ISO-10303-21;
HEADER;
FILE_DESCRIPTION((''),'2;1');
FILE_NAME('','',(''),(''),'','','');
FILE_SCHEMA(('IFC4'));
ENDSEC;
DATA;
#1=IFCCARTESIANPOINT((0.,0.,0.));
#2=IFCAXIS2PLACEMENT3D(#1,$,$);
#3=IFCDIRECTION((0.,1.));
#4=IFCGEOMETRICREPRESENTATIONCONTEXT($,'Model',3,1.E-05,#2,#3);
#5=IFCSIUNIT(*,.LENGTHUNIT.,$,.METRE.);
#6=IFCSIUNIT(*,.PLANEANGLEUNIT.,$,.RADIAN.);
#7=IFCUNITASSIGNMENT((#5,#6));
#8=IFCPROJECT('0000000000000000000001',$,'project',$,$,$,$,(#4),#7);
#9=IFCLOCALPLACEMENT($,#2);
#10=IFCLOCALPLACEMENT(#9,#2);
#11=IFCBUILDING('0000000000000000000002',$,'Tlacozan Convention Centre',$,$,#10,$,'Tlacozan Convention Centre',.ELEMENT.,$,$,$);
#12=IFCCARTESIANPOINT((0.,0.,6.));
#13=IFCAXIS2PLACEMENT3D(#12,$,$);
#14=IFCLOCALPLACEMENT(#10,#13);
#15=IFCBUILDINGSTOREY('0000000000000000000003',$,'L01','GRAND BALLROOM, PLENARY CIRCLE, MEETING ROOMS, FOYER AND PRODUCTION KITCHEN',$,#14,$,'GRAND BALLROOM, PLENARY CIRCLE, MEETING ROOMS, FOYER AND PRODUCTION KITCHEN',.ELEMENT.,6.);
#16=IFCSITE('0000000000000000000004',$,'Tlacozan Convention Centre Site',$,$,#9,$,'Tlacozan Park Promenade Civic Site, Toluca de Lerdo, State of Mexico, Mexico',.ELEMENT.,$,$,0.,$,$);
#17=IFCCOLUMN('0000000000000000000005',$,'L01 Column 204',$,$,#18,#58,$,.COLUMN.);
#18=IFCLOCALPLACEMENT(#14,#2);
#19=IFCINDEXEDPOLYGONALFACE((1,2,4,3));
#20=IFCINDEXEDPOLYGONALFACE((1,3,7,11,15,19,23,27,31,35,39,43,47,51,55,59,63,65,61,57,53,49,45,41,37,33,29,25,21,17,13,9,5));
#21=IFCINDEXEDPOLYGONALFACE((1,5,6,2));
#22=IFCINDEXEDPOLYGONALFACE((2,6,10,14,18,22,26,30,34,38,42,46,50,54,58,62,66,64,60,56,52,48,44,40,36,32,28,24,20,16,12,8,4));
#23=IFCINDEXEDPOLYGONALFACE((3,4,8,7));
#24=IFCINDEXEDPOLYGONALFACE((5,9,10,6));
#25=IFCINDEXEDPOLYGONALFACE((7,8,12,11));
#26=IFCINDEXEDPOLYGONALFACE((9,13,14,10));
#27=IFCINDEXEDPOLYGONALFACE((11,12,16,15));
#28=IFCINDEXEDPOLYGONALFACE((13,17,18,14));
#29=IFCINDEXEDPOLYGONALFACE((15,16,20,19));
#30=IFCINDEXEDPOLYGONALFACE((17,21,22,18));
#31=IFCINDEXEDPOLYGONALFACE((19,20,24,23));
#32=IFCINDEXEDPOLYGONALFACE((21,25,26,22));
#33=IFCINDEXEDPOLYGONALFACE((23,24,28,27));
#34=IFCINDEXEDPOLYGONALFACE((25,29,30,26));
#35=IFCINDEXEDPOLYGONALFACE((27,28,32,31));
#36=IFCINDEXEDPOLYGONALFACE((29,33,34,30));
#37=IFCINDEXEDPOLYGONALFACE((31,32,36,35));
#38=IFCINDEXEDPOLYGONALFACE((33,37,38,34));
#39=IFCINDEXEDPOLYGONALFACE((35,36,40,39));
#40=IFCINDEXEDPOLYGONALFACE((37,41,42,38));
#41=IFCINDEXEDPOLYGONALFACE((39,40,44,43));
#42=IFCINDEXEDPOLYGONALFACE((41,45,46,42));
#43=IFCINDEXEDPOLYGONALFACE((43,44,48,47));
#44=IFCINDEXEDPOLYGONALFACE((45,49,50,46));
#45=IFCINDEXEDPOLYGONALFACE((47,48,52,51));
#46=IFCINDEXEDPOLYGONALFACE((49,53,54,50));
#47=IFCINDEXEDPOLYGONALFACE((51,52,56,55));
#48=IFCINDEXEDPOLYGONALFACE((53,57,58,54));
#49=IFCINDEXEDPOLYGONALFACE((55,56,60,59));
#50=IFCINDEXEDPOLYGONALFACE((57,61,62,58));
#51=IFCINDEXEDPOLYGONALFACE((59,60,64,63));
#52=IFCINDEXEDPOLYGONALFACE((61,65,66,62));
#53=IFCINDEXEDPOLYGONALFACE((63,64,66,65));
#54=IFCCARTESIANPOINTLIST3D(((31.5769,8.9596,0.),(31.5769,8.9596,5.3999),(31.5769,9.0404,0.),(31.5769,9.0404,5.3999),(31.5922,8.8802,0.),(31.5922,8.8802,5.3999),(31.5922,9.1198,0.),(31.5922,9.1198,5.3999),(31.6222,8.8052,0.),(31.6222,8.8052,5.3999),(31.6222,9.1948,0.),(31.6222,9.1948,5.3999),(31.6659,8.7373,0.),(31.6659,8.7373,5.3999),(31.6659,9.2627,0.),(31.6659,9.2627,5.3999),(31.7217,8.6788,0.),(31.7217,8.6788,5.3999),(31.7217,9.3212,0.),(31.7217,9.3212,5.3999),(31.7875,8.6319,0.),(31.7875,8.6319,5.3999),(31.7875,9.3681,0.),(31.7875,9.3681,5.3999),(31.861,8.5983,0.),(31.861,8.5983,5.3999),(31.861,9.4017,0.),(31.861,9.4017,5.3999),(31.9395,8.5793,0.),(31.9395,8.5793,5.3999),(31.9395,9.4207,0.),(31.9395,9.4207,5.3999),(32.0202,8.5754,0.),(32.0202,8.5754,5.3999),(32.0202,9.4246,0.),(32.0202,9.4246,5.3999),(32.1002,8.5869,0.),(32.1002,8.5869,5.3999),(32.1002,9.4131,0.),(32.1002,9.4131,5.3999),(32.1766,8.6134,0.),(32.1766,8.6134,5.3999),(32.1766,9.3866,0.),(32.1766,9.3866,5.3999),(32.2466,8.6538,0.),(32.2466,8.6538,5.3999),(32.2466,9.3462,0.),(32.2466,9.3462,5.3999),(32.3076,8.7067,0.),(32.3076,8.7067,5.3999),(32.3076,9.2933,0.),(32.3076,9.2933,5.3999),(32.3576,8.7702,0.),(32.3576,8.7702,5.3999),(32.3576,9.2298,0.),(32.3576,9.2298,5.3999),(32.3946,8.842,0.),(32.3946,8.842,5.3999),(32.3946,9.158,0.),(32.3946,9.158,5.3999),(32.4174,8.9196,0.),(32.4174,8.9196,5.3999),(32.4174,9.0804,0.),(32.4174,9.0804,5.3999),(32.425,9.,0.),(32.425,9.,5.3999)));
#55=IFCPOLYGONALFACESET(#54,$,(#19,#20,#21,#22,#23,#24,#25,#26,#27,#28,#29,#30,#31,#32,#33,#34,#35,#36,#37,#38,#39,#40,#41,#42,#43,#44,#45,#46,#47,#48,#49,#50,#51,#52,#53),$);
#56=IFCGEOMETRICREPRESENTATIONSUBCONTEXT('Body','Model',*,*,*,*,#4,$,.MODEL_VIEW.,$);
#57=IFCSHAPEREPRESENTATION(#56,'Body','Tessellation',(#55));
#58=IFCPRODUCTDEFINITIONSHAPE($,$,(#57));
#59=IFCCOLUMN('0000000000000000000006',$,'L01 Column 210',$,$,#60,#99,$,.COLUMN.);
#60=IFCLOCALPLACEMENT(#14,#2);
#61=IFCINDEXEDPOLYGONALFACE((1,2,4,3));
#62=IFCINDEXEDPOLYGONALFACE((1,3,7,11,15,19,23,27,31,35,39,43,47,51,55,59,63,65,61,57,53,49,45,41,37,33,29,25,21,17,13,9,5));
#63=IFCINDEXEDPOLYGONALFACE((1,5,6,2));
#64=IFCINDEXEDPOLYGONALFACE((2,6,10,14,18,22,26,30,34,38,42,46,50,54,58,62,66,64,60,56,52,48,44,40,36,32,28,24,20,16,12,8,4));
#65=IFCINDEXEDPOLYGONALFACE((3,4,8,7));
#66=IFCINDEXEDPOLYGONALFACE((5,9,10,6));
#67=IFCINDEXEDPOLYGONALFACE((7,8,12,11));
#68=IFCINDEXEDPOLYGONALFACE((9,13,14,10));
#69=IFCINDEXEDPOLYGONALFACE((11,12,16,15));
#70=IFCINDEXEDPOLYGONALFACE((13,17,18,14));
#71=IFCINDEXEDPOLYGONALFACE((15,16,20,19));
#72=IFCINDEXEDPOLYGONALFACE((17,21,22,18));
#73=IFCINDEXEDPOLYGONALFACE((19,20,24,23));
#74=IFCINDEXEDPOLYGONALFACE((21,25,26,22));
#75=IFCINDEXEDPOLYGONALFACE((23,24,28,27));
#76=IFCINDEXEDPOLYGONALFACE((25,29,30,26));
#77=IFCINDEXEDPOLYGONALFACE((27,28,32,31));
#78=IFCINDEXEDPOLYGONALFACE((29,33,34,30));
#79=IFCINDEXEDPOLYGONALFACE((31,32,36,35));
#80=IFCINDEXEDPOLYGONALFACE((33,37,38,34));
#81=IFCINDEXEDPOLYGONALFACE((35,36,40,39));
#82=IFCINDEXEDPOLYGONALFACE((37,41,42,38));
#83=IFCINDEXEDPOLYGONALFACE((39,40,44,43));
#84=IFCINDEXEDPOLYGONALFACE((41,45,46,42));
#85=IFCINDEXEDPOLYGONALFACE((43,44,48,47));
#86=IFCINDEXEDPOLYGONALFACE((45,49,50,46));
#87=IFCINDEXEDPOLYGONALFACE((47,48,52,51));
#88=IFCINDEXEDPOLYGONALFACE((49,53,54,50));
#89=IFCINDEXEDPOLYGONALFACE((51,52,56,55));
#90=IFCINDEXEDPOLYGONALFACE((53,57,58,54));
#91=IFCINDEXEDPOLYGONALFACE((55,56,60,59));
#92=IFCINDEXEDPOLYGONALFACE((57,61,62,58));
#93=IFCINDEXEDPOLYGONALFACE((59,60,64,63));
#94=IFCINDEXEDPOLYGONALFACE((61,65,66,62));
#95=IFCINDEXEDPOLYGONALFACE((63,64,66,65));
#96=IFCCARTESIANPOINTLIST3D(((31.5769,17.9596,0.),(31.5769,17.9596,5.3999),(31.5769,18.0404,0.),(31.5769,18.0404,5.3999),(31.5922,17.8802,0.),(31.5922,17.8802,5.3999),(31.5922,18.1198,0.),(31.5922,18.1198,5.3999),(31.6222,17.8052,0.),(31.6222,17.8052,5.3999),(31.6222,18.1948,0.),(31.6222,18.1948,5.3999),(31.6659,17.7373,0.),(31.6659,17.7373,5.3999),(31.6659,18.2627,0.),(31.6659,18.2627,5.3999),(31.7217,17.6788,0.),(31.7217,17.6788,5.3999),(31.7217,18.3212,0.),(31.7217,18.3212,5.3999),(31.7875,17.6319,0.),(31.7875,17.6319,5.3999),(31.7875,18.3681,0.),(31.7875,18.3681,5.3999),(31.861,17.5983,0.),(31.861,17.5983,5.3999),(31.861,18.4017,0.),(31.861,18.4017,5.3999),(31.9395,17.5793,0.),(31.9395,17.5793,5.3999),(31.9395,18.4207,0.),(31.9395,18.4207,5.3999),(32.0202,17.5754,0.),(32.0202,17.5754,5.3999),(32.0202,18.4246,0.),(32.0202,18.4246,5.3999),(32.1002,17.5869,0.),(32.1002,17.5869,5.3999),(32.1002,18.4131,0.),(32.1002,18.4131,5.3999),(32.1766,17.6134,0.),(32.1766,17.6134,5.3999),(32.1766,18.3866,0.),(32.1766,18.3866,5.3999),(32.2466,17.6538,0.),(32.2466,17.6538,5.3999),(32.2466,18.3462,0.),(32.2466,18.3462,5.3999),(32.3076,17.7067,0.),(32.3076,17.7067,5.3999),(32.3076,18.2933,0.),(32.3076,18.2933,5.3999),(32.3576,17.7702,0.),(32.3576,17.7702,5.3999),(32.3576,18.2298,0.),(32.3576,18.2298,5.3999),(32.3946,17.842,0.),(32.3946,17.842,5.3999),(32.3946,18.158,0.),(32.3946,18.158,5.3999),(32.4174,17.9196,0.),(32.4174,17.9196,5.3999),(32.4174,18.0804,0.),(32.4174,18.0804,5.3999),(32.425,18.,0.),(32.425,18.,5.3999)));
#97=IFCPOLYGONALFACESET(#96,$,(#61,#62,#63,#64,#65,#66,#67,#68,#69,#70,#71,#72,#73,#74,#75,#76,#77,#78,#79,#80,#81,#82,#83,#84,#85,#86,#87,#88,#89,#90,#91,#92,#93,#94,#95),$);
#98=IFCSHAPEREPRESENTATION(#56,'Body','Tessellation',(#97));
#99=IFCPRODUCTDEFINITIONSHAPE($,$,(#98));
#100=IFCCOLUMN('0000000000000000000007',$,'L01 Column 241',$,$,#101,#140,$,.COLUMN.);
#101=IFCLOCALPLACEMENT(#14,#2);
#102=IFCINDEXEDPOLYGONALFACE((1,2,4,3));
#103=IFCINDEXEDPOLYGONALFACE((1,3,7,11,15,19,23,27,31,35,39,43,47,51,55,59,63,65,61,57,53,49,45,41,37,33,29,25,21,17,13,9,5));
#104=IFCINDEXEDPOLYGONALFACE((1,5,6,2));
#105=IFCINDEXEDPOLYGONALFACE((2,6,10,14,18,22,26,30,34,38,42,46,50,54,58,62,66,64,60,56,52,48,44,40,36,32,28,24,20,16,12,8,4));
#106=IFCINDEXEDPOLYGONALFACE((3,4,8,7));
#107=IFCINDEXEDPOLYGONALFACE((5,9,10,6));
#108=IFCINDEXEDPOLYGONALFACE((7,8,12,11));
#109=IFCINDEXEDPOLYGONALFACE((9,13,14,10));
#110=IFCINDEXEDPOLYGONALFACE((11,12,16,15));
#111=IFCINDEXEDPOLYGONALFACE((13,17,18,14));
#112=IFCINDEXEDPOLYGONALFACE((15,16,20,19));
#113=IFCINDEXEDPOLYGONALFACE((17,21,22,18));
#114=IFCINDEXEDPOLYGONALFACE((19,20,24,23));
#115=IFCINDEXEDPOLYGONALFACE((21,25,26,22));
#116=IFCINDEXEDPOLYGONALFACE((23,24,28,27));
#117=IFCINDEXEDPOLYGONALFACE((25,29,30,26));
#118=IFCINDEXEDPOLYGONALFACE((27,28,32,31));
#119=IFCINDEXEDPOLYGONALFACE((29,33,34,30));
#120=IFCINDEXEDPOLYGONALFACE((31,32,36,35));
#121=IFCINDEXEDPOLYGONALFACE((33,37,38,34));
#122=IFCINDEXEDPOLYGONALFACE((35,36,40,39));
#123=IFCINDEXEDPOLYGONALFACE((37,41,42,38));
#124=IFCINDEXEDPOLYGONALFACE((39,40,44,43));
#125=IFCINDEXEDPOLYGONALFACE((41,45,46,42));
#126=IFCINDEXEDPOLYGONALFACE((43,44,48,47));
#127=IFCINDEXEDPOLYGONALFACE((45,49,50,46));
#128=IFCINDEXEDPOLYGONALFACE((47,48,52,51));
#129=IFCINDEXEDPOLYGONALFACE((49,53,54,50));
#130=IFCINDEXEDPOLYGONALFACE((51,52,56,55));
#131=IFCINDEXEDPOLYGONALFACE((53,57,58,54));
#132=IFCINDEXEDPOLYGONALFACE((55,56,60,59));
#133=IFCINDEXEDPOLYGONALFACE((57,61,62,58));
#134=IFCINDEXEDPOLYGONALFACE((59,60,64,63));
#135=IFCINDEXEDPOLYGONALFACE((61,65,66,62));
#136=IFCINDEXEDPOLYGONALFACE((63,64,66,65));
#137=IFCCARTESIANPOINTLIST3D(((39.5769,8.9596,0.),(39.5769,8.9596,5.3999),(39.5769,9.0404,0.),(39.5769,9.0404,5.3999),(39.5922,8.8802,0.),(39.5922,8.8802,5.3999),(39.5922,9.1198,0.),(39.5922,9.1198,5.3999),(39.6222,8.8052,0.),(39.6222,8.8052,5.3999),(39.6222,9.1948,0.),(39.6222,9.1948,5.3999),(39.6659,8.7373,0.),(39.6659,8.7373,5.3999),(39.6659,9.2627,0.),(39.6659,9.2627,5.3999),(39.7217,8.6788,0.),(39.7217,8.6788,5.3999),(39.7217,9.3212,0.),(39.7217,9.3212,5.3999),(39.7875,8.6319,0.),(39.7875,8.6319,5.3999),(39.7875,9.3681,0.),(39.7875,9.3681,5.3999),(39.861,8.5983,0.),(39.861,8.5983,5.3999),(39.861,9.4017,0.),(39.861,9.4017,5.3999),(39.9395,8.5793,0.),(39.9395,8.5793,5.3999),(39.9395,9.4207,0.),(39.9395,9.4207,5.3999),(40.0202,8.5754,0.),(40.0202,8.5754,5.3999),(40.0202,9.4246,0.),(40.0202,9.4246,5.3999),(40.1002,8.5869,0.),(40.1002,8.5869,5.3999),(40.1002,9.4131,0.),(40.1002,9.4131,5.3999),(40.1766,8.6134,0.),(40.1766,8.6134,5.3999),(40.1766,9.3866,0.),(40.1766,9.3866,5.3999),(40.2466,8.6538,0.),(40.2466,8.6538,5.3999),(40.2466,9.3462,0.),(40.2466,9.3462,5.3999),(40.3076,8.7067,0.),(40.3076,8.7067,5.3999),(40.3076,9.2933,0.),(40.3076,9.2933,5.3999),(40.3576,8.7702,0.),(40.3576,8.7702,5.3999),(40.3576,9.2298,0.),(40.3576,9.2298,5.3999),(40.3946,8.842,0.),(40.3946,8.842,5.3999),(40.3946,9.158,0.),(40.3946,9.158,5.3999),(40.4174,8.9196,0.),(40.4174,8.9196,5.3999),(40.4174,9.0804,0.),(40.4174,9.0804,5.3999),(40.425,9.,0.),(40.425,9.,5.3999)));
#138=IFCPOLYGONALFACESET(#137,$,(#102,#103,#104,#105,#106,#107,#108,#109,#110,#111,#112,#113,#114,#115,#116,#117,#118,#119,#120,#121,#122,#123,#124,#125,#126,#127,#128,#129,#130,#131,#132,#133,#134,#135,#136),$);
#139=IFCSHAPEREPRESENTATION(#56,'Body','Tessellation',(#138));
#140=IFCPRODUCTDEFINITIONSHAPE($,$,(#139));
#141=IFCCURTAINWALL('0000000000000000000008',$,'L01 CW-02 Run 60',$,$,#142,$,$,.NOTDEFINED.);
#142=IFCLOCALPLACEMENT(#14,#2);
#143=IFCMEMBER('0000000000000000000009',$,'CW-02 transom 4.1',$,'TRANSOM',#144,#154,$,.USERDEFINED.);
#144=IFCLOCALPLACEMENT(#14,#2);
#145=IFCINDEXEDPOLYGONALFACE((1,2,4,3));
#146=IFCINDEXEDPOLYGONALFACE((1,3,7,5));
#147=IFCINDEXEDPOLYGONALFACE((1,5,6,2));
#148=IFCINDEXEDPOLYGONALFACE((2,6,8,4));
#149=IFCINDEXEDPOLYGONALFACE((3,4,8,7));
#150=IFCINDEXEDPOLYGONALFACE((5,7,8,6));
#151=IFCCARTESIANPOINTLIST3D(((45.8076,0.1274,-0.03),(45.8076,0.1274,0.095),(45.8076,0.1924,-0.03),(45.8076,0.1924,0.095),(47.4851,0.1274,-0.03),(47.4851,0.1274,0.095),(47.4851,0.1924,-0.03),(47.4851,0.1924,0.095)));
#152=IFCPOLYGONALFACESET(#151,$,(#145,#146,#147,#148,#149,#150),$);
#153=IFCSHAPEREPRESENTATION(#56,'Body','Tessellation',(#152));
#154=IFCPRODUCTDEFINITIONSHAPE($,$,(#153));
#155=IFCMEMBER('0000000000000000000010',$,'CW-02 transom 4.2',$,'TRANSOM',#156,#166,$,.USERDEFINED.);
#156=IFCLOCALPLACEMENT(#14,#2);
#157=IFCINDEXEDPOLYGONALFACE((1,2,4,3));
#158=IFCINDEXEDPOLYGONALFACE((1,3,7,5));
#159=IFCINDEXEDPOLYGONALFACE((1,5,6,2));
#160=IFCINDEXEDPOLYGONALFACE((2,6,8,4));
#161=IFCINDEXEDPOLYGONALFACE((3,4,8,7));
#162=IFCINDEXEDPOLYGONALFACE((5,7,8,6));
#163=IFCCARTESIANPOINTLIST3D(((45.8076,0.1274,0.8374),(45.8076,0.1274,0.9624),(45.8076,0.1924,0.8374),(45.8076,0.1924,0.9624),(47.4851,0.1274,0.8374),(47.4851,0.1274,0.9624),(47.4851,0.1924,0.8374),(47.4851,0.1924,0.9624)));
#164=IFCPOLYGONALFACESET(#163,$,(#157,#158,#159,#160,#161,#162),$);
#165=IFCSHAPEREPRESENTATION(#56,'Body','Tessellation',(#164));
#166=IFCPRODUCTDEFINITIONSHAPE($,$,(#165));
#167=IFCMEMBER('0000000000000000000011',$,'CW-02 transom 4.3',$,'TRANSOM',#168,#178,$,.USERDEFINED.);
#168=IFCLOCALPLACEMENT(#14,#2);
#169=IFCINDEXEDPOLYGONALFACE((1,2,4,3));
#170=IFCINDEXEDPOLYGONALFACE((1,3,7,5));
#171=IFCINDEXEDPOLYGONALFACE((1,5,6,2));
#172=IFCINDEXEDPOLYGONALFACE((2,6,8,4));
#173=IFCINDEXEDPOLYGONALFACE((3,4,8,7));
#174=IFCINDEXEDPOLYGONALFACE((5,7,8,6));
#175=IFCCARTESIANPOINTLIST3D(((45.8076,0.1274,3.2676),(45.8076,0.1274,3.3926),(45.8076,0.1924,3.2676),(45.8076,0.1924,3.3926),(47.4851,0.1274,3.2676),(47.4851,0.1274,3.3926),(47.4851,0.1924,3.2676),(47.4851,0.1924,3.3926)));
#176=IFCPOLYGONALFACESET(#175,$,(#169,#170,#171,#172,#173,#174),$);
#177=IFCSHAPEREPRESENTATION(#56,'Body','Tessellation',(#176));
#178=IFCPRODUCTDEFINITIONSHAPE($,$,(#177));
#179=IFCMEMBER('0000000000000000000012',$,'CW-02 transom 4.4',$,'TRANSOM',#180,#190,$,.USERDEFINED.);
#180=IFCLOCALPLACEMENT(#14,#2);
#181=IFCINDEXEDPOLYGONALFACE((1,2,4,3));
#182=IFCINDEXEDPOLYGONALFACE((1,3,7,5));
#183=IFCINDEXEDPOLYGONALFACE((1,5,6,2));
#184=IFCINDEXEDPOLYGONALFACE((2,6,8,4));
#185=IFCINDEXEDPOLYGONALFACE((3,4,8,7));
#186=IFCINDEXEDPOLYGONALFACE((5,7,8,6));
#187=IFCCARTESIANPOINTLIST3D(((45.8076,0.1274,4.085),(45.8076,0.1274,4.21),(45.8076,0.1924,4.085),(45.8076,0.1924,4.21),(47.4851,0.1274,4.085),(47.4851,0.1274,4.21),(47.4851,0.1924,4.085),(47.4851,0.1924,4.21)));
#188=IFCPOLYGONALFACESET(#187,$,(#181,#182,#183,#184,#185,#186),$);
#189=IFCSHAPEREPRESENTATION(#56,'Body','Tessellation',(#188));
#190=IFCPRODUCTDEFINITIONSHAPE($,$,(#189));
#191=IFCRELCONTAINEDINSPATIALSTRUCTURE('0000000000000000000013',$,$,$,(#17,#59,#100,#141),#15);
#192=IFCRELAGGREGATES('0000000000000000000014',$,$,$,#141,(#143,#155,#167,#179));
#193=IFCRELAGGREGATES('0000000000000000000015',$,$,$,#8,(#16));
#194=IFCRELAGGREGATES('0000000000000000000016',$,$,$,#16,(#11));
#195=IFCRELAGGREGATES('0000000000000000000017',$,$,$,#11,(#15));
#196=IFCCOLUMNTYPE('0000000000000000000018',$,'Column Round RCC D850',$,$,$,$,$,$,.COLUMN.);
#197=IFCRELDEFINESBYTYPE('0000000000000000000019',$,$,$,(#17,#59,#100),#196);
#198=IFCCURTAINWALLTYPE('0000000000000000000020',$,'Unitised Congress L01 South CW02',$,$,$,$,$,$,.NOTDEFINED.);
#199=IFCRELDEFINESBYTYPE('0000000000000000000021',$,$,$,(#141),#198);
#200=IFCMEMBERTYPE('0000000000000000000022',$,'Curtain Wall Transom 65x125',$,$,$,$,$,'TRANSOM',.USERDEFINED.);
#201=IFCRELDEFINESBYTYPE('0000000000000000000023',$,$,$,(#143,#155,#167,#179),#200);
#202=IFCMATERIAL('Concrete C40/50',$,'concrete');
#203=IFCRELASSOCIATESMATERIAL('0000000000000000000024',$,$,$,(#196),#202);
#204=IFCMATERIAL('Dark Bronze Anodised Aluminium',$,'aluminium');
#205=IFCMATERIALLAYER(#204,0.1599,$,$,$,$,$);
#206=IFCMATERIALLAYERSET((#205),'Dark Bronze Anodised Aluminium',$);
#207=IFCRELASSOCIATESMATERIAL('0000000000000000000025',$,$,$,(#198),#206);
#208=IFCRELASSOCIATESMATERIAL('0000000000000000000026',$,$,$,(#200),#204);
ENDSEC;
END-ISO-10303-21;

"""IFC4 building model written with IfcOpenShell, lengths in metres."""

from ifc_helpers import new_model, si_unit, direction, frame, origin, origin_2d, place, context, subcontext, project, spatial, rectangle, circle, extrude, material, layer, layer_set, material_profile, profile_set, type_object, element, aggregate, save


model = new_model("IFC4")

# Units and contexts
model_context = context("Model", 3, precision=1e-05, world=origin(), true_north=direction((0.0, 1.0)))
body_context = subcontext(model_context, "Body", "Model", "MODEL_VIEW")
ifc_project = project(units=[si_unit("LENGTHUNIT", "METRE"), si_unit("PLANEANGLEUNIT", "RADIAN")], contexts=[model_context])

# Site, building, storey
site_placement = place(None, origin())
site = spatial("IfcSite", under=ifc_project, at=site_placement, Name="Tlacozan Convention Centre Site", LongName="Tlacozan Park Promenade Civic Site, Toluca de Lerdo, State of Mexico, Mexico", CompositionType="ELEMENT", RefElevation=0.0)
building_placement = place(site_placement, origin())
building = spatial("IfcBuilding", under=site, at=building_placement, Name="Tlacozan Convention Centre", LongName="Tlacozan Convention Centre", CompositionType="ELEMENT")
storey_placement = place(building_placement, frame((0.0, 0.0, 6.0)))
storey = spatial("IfcBuildingStorey", under=building, at=storey_placement, Name="L01", Description="GRAND BALLROOM, PLENARY CIRCLE, MEETING ROOMS, FOYER AND PRODUCTION KITCHEN", LongName="GRAND BALLROOM, PLENARY CIRCLE, MEETING ROOMS, FOYER AND PRODUCTION KITCHEN", CompositionType="ELEMENT", Elevation=6.0)

# Columns
ifc_material_1 = material(Name="Concrete C40/50", Category="concrete")
ifc_material_profile_1 = material_profile(ifc_material_1, circle(Radius=0.425, at=origin_2d()), Name="RCC D850")
ifc_profile_set_1 = profile_set([ifc_material_profile_1], Name="Concrete C40/50")
column_type = type_object("IfcColumnType", Name="Column Round RCC D850", PredefinedType="COLUMN", material=ifc_profile_set_1)
for number, where, z_axis, x_axis, name in (
    (1, (32.0, 9.0, 0.0), (0.0, 0.0, 1.0), (1.0, 0.0, 0.0), "L01 Column 204"),
    (2, (32.0, 18.0, 0.0), (0.0, 0.0, 1.0), (1.0, 0.0, 0.0), "L01 Column 210"),
    (3, (40.0, 9.0, 0.0), (0.0, 0.0, 1.0), (1.0, 0.0, 0.0), "L01 Column 241"),
):
    element("IfcColumn", number, at=place(storey_placement, frame(where, z_axis=z_axis, x_axis=x_axis)), inside=storey, type_object=column_type, Name=name, PredefinedType="COLUMN", context=body_context, shape_type="SweptSolid", body=[
        extrude(circle(Radius=0.425, at=origin_2d()), origin(), (0.0, 0.0, 1.0), 5.3999),
    ])

# Curtain wall, members
ifc_material_2 = material(Name="Dark Bronze Anodised Aluminium", Category="aluminium")
ifc_layer_1 = layer(ifc_material_2, 0.1599)
ifc_layer_set_1 = layer_set([ifc_layer_1], Name="Dark Bronze Anodised Aluminium")
curtain_wall_type = type_object("IfcCurtainWallType", Name="Unitised Congress L01 South CW02", PredefinedType="NOTDEFINED", material=ifc_layer_set_1)
curtain_wall_placement = place(storey_placement, origin())
curtain_wall = element("IfcCurtainWall", 4, at=curtain_wall_placement, inside=storey, type_object=curtain_wall_type, Name="L01 CW-02 Run 60", PredefinedType="NOTDEFINED")
ifc_material_profile_2 = material_profile(ifc_material_2, rectangle(XDim=0.0649, YDim=0.125, at=origin_2d()), Name="ALU 65x125")
ifc_profile_set_2 = profile_set([ifc_material_profile_2], Name="Dark Bronze Anodised Aluminium")
member_type = type_object("IfcMemberType", Name="Curtain Wall Transom 65x125", ElementType="TRANSOM", PredefinedType="USERDEFINED", material=ifc_profile_set_2)
member_1_placement = place(storey_placement, frame((45.8076, 0.1599, 0.0325), z_axis=(1.0, 0.0, 0.0), x_axis=(0.0, 1.0, 0.0)))
member_1 = element("IfcMember", 5, at=member_1_placement, type_object=member_type, Name="CW-02 transom 4.1", ObjectType="TRANSOM", PredefinedType="USERDEFINED", context=body_context, shape_type="SweptSolid", body=[
    extrude(rectangle(XDim=0.0649, YDim=0.125, at=origin_2d()), origin(), (0.0, 0.0, 1.0), 1.6775),
])
member_2_placement = place(storey_placement, frame((45.8076, 0.1599, 0.8999), z_axis=(1.0, 0.0, 0.0), x_axis=(0.0, 1.0, 0.0)))
member_2 = element("IfcMember", 6, at=member_2_placement, type_object=member_type, Name="CW-02 transom 4.2", ObjectType="TRANSOM", PredefinedType="USERDEFINED", context=body_context, shape_type="SweptSolid", body=[
    extrude(rectangle(XDim=0.0649, YDim=0.125, at=origin_2d()), origin(), (0.0, 0.0, 1.0), 1.6775),
])
member_3_placement = place(storey_placement, frame((45.8076, 0.1599, 3.3301), z_axis=(1.0, 0.0, 0.0), x_axis=(0.0, 1.0, 0.0)))
member_3 = element("IfcMember", 7, at=member_3_placement, type_object=member_type, Name="CW-02 transom 4.3", ObjectType="TRANSOM", PredefinedType="USERDEFINED", context=body_context, shape_type="SweptSolid", body=[
    extrude(rectangle(XDim=0.0649, YDim=0.125, at=origin_2d()), origin(), (0.0, 0.0, 1.0), 1.6775),
])
member_4_placement = place(storey_placement, frame((45.8076, 0.1599, 4.1475), z_axis=(1.0, 0.0, 0.0), x_axis=(0.0, 1.0, 0.0)))
member_4 = element("IfcMember", 8, at=member_4_placement, type_object=member_type, Name="CW-02 transom 4.4", ObjectType="TRANSOM", PredefinedType="USERDEFINED", context=body_context, shape_type="SweptSolid", body=[
    extrude(rectangle(XDim=0.0649, YDim=0.125, at=origin_2d()), origin(), (0.0, 0.0, 1.0), 1.6775),
])

aggregate(curtain_wall, [member_1, member_2, member_3, member_4])

save(model, "model.ifc")
